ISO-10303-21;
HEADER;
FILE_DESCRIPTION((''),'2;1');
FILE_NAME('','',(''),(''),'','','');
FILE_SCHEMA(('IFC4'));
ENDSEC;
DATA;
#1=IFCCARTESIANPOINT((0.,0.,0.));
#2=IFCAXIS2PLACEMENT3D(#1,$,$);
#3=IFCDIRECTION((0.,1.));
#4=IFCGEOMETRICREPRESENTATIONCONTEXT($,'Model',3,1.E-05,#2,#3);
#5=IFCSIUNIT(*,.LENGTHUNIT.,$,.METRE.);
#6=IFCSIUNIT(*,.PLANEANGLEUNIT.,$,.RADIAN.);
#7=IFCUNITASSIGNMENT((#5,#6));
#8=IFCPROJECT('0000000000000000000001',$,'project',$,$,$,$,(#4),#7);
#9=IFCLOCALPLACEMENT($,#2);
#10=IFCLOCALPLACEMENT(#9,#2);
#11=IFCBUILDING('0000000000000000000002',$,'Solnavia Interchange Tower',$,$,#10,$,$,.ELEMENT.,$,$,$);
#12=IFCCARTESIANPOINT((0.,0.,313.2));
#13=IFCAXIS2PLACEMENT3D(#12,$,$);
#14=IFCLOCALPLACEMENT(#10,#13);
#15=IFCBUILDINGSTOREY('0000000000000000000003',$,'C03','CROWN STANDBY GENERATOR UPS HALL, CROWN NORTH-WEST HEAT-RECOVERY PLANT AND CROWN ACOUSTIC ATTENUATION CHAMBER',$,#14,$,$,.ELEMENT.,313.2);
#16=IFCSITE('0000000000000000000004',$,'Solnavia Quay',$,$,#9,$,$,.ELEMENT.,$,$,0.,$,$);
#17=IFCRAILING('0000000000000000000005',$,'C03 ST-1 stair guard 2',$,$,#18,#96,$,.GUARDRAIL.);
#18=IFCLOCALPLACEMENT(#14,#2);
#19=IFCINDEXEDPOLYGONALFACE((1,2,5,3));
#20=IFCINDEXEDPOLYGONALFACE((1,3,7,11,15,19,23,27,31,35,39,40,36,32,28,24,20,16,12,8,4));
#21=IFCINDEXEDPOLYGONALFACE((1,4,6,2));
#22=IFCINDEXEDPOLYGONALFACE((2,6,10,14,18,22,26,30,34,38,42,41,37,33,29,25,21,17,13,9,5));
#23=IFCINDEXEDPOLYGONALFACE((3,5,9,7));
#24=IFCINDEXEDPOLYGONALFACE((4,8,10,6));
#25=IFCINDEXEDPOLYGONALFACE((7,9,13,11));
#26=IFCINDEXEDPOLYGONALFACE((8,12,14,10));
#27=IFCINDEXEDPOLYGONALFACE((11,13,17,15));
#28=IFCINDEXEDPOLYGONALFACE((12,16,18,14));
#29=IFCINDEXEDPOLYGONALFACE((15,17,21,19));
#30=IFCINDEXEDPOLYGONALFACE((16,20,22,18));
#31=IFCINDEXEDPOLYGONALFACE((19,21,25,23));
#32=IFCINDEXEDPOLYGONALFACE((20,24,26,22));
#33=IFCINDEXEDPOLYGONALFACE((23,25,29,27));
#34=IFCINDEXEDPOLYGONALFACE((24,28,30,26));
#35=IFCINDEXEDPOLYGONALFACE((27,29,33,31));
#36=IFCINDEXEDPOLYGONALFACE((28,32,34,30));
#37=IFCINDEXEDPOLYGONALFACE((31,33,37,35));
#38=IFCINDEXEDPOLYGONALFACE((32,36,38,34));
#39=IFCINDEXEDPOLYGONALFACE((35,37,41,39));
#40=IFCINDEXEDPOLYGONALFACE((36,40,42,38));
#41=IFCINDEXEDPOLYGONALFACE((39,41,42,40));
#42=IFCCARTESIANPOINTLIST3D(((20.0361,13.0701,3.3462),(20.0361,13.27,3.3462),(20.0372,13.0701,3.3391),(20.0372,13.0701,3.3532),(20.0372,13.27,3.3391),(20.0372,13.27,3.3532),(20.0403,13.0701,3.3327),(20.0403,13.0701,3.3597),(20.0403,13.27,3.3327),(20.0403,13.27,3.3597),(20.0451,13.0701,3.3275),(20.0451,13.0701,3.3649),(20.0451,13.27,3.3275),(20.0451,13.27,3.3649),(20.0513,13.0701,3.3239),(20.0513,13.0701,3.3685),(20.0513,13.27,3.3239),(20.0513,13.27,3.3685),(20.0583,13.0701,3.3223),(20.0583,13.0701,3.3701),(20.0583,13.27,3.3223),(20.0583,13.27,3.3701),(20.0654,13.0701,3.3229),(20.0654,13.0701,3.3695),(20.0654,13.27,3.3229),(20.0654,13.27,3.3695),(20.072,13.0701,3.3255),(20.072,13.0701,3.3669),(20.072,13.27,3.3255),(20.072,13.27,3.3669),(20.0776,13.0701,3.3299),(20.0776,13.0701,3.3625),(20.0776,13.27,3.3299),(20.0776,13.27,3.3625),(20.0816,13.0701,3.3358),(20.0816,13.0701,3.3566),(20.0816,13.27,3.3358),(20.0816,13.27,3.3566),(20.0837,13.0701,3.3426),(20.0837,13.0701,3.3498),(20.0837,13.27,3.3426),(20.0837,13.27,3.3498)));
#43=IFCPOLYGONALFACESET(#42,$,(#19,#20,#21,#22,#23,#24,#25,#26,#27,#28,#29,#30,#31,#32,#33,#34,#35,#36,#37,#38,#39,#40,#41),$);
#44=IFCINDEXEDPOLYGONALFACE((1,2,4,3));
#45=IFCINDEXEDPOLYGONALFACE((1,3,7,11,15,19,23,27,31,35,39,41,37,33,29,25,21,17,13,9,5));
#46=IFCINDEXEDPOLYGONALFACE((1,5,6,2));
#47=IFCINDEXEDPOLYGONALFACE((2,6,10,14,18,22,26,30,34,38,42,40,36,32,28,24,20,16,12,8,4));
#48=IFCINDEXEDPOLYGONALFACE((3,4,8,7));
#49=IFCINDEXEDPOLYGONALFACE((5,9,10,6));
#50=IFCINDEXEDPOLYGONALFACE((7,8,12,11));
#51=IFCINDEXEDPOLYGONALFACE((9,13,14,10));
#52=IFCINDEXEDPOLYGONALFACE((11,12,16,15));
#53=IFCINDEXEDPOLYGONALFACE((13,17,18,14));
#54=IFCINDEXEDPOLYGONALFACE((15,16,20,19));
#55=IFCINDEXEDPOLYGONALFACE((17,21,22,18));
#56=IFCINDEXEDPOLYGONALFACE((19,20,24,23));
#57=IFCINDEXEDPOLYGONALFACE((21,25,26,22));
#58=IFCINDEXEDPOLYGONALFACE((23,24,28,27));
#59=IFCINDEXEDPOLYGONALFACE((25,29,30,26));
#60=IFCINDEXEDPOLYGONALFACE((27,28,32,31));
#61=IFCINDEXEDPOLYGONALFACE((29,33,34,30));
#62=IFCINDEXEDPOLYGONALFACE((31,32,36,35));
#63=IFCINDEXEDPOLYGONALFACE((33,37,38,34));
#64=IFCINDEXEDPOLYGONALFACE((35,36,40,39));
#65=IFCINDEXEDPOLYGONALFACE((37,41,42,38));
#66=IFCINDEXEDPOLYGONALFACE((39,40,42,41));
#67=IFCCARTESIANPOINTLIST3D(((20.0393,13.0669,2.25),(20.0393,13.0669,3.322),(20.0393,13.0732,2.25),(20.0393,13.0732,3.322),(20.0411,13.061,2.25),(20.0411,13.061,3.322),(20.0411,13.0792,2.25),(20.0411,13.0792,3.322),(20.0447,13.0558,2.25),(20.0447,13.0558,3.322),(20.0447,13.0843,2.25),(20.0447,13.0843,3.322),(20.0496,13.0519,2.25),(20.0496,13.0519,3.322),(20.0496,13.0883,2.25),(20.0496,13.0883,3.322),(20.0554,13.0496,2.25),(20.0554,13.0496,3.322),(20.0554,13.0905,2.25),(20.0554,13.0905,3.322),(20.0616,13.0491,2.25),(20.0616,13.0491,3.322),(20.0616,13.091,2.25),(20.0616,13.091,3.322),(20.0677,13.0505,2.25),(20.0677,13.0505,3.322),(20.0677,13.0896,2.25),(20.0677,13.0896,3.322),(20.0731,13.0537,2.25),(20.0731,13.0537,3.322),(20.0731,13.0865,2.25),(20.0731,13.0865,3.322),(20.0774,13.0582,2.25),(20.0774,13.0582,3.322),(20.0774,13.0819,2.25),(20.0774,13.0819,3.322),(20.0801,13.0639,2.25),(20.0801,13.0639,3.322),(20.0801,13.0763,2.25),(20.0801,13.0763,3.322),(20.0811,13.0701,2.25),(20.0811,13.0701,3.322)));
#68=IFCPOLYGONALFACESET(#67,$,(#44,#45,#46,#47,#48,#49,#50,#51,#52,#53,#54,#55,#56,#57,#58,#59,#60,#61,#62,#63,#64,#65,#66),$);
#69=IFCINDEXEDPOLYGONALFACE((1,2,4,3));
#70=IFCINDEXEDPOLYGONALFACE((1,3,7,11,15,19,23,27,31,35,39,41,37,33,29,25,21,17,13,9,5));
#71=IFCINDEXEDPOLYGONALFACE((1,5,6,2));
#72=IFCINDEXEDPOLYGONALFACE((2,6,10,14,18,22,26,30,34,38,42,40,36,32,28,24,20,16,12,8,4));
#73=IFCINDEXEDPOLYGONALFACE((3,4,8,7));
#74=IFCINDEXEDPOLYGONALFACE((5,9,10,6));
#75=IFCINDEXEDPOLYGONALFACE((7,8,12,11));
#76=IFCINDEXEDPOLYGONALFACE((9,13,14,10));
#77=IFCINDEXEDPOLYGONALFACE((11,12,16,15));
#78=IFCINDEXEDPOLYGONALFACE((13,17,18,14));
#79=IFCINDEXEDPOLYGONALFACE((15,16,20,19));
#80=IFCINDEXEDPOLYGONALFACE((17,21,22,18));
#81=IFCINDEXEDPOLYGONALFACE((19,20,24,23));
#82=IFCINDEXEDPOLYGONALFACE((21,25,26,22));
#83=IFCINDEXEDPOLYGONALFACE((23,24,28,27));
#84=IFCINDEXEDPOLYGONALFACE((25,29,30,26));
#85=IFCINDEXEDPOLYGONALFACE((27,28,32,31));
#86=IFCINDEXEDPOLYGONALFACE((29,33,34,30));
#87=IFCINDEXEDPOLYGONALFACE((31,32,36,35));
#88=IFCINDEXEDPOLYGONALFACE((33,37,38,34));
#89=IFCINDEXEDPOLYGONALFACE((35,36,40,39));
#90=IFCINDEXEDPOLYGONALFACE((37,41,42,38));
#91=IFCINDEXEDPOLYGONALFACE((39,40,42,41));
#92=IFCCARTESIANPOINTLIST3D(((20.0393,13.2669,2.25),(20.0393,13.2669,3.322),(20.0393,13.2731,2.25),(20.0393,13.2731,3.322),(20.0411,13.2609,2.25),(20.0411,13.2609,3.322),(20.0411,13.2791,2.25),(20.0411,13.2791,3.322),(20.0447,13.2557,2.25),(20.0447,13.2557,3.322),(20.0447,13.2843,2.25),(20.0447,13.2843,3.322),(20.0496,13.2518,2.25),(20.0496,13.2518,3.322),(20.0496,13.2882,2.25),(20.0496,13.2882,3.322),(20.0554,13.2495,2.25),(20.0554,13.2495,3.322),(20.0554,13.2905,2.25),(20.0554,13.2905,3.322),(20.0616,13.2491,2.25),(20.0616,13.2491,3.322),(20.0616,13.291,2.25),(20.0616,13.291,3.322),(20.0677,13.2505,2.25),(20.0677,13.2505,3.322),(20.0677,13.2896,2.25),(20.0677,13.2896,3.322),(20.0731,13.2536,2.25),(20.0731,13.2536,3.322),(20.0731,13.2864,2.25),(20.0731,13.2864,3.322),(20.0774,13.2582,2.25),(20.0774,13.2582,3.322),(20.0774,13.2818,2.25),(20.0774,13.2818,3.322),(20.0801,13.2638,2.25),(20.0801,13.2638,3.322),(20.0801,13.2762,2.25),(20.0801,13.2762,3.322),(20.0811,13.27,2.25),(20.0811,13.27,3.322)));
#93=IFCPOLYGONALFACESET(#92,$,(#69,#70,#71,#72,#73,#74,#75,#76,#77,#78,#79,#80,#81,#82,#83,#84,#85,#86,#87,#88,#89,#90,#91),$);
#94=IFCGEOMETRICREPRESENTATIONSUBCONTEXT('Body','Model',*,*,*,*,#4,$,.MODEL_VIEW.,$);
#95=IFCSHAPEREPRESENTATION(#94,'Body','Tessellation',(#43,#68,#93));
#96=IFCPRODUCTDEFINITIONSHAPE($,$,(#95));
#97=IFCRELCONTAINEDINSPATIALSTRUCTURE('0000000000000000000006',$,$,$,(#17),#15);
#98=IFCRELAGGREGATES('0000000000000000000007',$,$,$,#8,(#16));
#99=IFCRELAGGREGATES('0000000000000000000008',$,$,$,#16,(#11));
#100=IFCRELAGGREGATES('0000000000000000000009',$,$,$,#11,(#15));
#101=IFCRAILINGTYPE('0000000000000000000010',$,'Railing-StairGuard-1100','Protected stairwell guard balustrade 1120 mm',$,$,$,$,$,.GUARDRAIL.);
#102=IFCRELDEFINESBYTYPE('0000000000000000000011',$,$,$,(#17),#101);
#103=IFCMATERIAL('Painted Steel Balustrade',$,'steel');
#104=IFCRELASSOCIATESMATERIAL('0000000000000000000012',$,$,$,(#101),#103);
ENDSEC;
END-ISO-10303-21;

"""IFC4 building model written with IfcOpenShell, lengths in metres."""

from ifc_helpers import new_model, si_unit, direction, frame, origin, origin_2d, place, context, subcontext, project, spatial, circle, extrude, material, type_object, element, save


model = new_model("IFC4")

# Units and contexts
model_context = context("Model", 3, precision=1e-05, world=origin(), true_north=direction((0.0, 1.0)))
body_context = subcontext(model_context, "Body", "Model", "MODEL_VIEW")
ifc_project = project(units=[si_unit("LENGTHUNIT", "METRE"), si_unit("PLANEANGLEUNIT", "RADIAN")], contexts=[model_context])

# Site, building, storey
site_placement = place(None, origin())
site = spatial("IfcSite", under=ifc_project, at=site_placement, Name="Solnavia Quay", CompositionType="ELEMENT", RefElevation=0.0)
building_placement = place(site_placement, origin())
building = spatial("IfcBuilding", under=site, at=building_placement, Name="Solnavia Interchange Tower", CompositionType="ELEMENT")
storey_placement = place(building_placement, frame((0.0, 0.0, 313.2)))
storey = spatial("IfcBuildingStorey", under=building, at=storey_placement, Name="C03", Description="CROWN STANDBY GENERATOR UPS HALL, CROWN NORTH-WEST HEAT-RECOVERY PLANT AND CROWN ACOUSTIC ATTENUATION CHAMBER", CompositionType="ELEMENT", Elevation=313.2)

# Railing
ifc_material_1 = material(Name="Painted Steel Balustrade", Category="steel")
railing_type_1 = type_object("IfcRailingType", Name="Railing-StairGuard-1100", Description="Protected stairwell guard balustrade 1120 mm", PredefinedType="GUARDRAIL", material=ifc_material_1)
railing_1_placement = place(storey_placement, frame((20.0601, 13.0701, 2.25)))
element("IfcRailing", 1, at=railing_1_placement, inside=storey, type_object=railing_type_1, Name="C03 ST-1 stair guard 2", PredefinedType="GUARDRAIL", context=body_context, shape_type="SweptSolid", body=[
    extrude(circle(Radius=0.0239, at=origin_2d()), frame((0.0, 0.0, 1.0962), z_axis=(0.0, 1.0, 0.0), x_axis=(-1.0, 0.0, 0.0)), (0.0, 0.0, 1.0), 0.2),
    extrude(circle(Radius=0.021, at=origin_2d()), origin(), (0.0, 0.0, 1.0), 1.072),
    extrude(circle(Radius=0.021, at=origin_2d()), frame((0.0, 0.2, 0.0)), (0.0, 0.0, 1.0), 1.072),
])

save(model, "model.ifc")
